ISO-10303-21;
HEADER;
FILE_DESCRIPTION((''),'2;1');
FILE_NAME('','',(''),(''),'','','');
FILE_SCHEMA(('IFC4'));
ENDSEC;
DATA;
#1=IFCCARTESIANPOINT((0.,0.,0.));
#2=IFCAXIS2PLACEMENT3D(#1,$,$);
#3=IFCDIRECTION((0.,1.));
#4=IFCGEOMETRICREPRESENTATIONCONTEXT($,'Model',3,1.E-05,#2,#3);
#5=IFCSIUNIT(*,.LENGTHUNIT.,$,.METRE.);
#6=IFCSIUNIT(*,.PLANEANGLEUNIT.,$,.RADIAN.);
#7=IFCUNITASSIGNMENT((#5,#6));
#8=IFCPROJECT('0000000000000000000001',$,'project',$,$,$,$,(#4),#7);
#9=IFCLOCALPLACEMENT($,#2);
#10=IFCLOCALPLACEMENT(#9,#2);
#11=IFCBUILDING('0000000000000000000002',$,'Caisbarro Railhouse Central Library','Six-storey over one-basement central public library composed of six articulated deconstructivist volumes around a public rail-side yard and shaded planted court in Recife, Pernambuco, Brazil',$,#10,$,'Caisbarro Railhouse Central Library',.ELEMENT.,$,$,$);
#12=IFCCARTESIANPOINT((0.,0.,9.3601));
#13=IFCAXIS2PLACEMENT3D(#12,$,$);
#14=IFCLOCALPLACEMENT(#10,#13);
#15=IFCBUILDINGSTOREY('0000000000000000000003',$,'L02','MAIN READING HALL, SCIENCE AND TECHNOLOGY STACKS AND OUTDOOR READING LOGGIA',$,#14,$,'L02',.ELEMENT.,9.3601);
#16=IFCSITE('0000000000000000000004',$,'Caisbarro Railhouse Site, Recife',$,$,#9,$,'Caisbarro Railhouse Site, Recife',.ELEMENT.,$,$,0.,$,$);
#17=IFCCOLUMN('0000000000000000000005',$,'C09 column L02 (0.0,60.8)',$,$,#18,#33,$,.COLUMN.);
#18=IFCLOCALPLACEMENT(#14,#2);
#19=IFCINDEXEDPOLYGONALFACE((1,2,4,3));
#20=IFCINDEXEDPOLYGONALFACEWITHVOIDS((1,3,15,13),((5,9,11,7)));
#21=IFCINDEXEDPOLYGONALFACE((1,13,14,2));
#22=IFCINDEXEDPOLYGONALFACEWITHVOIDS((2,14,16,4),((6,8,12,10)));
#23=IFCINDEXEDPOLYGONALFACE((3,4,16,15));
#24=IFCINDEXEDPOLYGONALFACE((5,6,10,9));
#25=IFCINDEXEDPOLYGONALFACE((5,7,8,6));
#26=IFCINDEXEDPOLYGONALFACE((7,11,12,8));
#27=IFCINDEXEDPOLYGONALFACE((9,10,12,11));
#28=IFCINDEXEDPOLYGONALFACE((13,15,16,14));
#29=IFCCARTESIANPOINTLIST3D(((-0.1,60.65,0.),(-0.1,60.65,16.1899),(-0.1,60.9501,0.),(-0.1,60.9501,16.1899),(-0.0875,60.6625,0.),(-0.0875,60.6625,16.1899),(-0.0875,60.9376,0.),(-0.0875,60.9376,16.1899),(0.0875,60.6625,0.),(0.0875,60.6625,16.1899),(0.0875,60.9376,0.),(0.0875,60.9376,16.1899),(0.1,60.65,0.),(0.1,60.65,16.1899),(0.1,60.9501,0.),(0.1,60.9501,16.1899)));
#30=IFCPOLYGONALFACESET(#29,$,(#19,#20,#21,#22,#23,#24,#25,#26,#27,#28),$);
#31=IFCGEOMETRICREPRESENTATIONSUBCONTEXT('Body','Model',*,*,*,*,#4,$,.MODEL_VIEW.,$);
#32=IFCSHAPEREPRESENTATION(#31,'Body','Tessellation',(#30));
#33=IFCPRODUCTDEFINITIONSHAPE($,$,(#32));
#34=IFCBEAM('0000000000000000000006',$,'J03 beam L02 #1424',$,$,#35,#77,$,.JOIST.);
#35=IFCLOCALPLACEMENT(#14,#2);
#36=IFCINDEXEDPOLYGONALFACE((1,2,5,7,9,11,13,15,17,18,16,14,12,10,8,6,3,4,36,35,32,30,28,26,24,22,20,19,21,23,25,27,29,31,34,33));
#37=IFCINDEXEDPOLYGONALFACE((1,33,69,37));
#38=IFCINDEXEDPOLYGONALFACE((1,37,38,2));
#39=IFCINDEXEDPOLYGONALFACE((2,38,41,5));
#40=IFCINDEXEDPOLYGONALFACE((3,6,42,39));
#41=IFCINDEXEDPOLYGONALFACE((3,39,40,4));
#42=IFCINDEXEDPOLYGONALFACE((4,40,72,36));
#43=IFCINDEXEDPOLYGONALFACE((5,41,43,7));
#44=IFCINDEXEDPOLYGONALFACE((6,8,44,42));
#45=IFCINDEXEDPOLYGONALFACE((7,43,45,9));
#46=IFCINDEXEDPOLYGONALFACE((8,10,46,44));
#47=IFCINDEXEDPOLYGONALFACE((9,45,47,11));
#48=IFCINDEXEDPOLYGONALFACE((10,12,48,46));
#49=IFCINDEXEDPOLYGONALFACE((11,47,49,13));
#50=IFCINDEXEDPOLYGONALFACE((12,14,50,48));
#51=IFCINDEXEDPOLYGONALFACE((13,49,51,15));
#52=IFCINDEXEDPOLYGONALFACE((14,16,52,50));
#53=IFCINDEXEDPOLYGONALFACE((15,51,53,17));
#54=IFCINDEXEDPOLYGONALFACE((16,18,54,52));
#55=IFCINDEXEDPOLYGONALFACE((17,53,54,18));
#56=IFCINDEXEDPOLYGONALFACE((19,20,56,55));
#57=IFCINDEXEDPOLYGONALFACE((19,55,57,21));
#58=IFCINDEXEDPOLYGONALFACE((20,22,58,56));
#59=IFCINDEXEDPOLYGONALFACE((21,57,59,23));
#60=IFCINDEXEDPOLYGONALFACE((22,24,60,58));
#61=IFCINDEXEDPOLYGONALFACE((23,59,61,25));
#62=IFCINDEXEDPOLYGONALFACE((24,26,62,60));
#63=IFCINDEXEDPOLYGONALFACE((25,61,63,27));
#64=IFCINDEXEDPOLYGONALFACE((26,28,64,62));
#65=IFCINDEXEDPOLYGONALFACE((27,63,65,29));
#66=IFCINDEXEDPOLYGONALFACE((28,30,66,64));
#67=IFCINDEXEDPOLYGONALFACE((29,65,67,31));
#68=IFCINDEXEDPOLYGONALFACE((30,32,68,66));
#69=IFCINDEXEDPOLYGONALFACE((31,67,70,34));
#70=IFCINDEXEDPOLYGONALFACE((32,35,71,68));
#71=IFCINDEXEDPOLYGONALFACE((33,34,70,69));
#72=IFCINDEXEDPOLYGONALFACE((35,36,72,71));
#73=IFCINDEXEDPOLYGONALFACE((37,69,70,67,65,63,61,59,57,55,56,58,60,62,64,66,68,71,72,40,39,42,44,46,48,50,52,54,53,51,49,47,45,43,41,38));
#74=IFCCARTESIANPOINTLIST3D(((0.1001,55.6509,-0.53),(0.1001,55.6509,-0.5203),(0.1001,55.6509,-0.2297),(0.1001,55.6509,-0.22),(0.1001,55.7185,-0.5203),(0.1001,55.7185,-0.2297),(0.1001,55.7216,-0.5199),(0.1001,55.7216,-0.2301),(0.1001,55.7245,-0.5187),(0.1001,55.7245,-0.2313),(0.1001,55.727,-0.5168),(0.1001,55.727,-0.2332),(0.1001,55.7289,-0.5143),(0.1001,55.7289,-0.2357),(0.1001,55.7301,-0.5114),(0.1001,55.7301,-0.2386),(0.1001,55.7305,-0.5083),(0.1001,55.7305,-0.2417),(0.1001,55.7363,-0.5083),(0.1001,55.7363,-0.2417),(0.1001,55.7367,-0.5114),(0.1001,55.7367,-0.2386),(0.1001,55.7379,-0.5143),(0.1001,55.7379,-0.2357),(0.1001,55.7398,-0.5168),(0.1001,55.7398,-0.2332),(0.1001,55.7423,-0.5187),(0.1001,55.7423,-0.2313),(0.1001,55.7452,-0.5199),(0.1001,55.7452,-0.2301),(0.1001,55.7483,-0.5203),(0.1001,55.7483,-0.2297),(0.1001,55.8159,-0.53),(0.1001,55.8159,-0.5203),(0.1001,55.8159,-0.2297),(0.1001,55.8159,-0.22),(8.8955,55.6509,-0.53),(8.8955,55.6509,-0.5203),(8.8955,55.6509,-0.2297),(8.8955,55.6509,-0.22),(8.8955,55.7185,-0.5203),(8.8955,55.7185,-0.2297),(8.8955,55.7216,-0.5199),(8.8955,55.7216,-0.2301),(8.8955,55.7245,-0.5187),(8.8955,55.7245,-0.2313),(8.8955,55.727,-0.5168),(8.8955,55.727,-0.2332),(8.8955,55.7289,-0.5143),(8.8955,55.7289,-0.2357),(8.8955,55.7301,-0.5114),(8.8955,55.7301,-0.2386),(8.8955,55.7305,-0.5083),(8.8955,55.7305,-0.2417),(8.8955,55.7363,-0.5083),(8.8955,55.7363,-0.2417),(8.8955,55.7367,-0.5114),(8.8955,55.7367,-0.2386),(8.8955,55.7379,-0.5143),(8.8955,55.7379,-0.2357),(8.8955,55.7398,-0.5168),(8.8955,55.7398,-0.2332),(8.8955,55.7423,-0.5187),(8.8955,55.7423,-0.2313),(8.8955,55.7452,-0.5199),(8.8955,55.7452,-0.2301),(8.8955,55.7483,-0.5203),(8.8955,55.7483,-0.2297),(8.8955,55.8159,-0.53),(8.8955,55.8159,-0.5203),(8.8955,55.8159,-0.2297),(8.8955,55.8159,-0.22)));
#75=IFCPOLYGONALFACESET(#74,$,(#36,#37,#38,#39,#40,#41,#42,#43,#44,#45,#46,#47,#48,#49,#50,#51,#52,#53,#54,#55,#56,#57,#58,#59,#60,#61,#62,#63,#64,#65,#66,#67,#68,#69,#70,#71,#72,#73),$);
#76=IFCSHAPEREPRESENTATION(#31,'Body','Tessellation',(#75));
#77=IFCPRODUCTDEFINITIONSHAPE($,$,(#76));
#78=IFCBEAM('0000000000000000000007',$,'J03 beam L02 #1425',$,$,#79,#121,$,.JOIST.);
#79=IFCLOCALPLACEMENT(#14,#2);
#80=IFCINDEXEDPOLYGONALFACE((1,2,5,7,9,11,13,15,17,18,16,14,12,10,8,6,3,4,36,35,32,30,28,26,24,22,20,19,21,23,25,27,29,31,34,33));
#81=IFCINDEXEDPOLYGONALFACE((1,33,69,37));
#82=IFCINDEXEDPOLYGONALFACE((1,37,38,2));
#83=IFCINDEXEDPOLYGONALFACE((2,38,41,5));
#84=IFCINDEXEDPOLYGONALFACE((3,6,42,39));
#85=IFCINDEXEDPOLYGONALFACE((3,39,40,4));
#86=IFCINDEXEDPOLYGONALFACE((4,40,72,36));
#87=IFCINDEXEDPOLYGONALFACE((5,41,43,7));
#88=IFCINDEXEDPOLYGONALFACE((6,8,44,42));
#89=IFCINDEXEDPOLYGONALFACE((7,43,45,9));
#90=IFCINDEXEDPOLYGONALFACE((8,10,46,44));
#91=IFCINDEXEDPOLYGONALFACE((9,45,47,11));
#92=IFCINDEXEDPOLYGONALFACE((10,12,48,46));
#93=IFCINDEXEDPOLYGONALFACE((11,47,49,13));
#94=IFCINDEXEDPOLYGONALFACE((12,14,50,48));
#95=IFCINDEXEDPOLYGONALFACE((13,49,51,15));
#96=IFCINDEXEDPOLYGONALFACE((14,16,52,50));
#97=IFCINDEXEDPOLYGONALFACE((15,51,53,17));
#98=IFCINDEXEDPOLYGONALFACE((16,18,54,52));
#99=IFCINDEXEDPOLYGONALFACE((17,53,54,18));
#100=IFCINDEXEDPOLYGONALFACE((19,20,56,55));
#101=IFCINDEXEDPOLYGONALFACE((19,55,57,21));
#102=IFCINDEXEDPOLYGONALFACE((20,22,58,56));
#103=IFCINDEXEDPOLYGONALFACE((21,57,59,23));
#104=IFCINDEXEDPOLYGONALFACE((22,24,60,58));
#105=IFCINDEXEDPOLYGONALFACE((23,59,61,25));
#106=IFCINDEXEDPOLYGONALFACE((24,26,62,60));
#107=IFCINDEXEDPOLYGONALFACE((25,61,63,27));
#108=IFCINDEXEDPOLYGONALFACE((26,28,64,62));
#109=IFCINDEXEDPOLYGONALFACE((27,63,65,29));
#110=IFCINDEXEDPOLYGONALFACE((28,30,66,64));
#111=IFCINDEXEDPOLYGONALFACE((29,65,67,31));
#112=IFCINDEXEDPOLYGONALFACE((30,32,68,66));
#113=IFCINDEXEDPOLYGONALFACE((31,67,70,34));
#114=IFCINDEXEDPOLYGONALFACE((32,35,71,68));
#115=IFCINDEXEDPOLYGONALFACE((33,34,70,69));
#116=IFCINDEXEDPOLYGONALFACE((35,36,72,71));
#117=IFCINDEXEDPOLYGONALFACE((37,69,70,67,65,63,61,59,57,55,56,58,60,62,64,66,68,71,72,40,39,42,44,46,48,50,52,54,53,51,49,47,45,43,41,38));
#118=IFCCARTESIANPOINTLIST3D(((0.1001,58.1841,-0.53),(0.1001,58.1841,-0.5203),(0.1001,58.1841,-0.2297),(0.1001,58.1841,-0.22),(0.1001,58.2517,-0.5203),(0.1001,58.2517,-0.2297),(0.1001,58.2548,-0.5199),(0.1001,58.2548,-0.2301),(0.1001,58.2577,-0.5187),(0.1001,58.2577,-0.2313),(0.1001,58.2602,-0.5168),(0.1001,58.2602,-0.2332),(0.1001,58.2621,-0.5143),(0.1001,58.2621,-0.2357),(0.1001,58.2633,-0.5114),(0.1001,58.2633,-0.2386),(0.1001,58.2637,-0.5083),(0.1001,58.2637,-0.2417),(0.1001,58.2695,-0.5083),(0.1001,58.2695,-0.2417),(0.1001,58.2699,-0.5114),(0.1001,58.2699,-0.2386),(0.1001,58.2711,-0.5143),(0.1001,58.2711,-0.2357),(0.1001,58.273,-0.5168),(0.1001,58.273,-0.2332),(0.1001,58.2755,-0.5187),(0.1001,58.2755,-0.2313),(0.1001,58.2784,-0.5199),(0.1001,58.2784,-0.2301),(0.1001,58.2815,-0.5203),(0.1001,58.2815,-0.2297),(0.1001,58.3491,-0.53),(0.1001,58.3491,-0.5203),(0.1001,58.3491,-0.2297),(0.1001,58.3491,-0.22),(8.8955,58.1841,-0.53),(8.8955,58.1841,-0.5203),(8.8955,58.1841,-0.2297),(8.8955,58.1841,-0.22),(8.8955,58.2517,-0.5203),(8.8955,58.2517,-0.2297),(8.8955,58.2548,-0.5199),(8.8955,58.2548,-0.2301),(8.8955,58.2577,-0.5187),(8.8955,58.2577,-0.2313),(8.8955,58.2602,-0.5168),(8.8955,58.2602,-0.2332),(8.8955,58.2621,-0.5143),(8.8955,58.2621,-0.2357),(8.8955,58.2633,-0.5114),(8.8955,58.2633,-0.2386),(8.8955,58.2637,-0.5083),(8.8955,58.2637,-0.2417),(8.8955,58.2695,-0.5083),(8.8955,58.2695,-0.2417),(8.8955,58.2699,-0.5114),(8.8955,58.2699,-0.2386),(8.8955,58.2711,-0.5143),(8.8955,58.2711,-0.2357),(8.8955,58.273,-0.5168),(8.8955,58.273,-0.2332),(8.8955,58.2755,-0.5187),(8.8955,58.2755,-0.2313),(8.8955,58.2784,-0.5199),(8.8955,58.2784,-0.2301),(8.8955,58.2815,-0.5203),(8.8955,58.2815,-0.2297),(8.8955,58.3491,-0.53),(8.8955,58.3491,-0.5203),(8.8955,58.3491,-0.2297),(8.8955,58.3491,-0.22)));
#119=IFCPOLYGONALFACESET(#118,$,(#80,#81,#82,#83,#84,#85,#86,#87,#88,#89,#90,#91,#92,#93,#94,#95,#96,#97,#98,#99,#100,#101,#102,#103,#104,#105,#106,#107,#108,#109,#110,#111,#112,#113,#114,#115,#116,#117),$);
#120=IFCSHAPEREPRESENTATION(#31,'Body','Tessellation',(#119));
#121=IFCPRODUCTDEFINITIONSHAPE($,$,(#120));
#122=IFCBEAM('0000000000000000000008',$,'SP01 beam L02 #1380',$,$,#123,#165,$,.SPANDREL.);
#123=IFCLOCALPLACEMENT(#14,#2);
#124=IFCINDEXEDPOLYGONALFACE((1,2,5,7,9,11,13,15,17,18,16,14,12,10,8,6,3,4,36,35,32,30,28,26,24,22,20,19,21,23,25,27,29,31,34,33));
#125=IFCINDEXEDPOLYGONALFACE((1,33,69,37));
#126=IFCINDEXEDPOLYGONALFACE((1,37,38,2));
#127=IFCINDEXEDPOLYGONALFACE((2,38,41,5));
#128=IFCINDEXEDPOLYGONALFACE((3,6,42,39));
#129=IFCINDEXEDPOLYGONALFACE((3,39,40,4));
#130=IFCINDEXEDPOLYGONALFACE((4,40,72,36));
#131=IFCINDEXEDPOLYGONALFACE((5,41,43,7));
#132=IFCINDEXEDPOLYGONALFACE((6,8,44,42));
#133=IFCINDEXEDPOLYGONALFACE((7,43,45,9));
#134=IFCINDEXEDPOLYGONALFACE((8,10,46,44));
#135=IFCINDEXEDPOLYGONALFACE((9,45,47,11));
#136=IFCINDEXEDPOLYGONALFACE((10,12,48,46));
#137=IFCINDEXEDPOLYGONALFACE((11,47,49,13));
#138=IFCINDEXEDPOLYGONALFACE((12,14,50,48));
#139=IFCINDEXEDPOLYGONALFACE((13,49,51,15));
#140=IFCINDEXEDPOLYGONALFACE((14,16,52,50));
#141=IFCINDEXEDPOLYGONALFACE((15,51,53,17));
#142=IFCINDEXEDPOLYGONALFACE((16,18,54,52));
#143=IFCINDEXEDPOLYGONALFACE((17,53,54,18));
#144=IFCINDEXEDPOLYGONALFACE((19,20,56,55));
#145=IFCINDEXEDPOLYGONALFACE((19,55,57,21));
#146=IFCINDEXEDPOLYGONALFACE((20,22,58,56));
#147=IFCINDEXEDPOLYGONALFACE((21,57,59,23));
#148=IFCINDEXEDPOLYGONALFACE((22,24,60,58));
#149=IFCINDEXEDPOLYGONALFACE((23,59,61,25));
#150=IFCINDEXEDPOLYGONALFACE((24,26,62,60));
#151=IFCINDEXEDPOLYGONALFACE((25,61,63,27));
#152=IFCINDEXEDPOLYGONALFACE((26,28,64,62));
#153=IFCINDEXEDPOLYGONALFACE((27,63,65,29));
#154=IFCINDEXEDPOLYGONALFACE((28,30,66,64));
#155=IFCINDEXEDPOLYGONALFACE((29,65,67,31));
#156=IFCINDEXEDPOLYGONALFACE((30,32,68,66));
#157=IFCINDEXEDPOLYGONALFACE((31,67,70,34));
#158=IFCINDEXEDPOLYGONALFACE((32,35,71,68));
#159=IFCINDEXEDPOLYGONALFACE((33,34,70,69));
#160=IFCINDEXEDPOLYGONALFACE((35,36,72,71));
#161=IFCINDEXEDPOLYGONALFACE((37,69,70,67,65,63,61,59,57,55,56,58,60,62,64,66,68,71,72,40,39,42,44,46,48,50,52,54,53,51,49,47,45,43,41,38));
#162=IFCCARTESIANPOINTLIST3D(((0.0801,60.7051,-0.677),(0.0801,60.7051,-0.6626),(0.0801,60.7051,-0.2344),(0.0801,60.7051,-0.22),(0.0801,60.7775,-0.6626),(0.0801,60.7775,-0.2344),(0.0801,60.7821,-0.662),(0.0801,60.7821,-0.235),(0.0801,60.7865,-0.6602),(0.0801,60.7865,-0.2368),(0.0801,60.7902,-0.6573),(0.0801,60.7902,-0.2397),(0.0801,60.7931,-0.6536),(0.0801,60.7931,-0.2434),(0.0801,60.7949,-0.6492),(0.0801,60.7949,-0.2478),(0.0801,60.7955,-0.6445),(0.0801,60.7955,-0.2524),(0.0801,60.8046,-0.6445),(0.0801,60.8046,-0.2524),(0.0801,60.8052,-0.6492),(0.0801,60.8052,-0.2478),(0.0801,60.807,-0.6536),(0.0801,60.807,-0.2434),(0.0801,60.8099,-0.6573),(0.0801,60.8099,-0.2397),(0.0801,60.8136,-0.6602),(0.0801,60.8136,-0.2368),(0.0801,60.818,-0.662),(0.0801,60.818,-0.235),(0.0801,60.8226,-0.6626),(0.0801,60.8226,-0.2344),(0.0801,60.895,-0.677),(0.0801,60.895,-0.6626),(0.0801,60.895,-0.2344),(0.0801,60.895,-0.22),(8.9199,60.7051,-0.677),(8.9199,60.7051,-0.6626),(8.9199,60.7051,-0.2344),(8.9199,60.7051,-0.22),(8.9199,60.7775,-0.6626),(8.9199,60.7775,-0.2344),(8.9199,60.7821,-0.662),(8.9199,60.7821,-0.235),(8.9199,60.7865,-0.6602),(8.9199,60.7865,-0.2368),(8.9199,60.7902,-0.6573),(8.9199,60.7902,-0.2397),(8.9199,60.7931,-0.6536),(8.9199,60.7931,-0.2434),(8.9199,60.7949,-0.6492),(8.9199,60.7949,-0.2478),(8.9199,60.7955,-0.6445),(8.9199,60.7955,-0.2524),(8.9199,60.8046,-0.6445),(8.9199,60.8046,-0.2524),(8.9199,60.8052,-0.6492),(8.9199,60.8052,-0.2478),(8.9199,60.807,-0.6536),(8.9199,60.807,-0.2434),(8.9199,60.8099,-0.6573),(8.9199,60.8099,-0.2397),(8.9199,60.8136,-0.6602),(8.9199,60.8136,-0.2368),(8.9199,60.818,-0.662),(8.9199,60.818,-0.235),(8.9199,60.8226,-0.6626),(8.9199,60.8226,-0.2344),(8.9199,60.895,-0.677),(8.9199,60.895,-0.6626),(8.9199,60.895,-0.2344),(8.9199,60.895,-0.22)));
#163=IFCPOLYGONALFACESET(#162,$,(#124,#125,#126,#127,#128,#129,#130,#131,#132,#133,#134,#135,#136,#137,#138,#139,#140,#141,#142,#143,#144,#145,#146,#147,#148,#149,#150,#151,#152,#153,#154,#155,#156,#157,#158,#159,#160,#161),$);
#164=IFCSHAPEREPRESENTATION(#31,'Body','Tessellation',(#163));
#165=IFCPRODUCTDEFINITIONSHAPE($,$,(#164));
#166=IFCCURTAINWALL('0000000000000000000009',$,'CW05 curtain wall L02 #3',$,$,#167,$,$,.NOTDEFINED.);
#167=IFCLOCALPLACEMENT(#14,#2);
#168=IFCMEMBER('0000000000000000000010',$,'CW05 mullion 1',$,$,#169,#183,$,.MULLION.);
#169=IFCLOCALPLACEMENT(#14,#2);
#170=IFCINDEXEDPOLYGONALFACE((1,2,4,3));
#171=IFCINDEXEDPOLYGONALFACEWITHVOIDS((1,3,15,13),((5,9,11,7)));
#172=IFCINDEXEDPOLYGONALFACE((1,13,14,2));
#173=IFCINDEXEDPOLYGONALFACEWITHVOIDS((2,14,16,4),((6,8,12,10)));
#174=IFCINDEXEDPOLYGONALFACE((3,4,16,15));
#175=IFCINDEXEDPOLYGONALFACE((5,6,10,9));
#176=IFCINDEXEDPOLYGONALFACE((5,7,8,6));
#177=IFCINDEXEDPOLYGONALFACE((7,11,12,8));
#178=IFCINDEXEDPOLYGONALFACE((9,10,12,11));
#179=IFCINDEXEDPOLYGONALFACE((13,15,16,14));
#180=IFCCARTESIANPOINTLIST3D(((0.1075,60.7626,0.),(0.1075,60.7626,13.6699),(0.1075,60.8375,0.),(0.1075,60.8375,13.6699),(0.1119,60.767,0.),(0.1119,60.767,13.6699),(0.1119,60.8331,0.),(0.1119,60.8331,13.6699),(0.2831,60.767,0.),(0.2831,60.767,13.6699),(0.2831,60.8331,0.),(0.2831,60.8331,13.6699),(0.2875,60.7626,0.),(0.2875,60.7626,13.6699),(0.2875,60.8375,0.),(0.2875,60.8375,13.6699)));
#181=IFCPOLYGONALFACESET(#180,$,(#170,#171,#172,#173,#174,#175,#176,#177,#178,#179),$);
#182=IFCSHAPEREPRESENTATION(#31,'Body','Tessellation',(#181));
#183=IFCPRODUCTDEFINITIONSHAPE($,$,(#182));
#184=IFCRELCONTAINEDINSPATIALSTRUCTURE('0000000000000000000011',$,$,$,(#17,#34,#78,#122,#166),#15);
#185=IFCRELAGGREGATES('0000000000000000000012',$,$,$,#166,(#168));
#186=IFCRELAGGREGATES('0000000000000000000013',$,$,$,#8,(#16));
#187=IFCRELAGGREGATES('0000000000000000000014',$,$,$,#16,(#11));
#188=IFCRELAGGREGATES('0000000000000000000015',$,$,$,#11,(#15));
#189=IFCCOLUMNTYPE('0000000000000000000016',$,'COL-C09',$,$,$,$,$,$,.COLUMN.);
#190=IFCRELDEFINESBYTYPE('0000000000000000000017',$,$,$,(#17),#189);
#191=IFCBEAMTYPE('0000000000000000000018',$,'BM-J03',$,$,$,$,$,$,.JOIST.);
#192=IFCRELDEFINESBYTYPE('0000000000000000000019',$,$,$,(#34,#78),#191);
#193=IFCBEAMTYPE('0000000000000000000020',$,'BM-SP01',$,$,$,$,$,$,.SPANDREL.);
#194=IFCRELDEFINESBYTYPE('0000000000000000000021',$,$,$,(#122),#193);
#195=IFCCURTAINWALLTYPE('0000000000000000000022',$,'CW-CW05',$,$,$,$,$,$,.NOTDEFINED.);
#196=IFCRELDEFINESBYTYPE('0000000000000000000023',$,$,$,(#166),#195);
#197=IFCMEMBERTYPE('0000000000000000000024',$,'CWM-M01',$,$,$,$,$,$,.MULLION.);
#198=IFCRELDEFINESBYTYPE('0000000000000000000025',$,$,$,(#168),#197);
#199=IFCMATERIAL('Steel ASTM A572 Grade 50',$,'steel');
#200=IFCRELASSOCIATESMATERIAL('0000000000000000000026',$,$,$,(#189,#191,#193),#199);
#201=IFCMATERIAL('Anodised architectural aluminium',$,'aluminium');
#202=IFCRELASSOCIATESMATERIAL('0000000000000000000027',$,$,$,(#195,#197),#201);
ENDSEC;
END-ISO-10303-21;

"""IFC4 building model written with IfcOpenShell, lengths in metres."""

from ifc_helpers import new_model, si_unit, direction, frame, origin, origin_2d, place, context, subcontext, project, spatial, hollow_rectangle, i_section, extrude, material, material_profile, profile_set, type_object, element, aggregate, save


model = new_model("IFC4")

# Units and contexts
model_context = context("Model", 3, precision=1e-05, world=origin(), true_north=direction((0.0, 1.0)))
body_context = subcontext(model_context, "Body", "Model", "MODEL_VIEW")
ifc_project = project(units=[si_unit("LENGTHUNIT", "METRE"), si_unit("PLANEANGLEUNIT", "RADIAN")], contexts=[model_context])

# Site, building, storey
site_placement = place(None, origin())
site = spatial("IfcSite", under=ifc_project, at=site_placement, Name="Caisbarro Railhouse Site, Recife", LongName="Caisbarro Railhouse Site, Recife", CompositionType="ELEMENT", RefElevation=0.0)
building_placement = place(site_placement, origin())
building = spatial("IfcBuilding", under=site, at=building_placement, Name="Caisbarro Railhouse Central Library", Description="Six-storey over one-basement central public library composed of six articulated deconstructivist volumes around a public rail-side yard and shaded planted court in Recife, Pernambuco, Brazil", LongName="Caisbarro Railhouse Central Library", CompositionType="ELEMENT")
storey_placement = place(building_placement, frame((0.0, 0.0, 9.3601)))
storey = spatial("IfcBuildingStorey", under=building, at=storey_placement, Name="L02", Description="MAIN READING HALL, SCIENCE AND TECHNOLOGY STACKS AND OUTDOOR READING LOGGIA", LongName="L02", CompositionType="ELEMENT", Elevation=9.3601)

# Column
ifc_material_1 = material(Name="Steel ASTM A572 Grade 50", Category="steel")
ifc_material_profile_1 = material_profile(ifc_material_1, hollow_rectangle(XDim=0.2, YDim=0.3, WallThickness=0.0125, at=origin_2d()), Name="HSS300X200X12.5")
ifc_profile_set_1 = profile_set([ifc_material_profile_1], Name="Steel ASTM A572 Grade 50")
column_type = type_object("IfcColumnType", Name="COL-C09", PredefinedType="COLUMN", material=ifc_profile_set_1)
column_placement = place(storey_placement, frame((0.0, 60.8, 0.0), z_axis=(0.0, 0.0, 1.0), x_axis=(1.0, 0.0, 0.0)))
element("IfcColumn", 1, at=column_placement, inside=storey, type_object=column_type, Name="C09 column L02 (0.0,60.8)", PredefinedType="COLUMN", context=body_context, shape_type="SweptSolid", body=[
    extrude(hollow_rectangle(XDim=0.2, YDim=0.3, WallThickness=0.0125, at=origin_2d()), origin(), (0.0, 0.0, 1.0), 16.1899),
])

# Beams
ifc_material_profile_2 = material_profile(ifc_material_1, i_section(OverallWidth=0.165, OverallDepth=0.3101, WebThickness=0.0059, FlangeThickness=0.0098, FilletRadius=0.012, at=origin_2d()), Name="W310X38.7")
ifc_profile_set_2 = profile_set([ifc_material_profile_2], Name="Steel ASTM A572 Grade 50")
beam_type_1 = type_object("IfcBeamType", Name="BM-J03", PredefinedType="JOIST", material=ifc_profile_set_2)
for number, where, z_axis, x_axis, name in (
    (2, (0.1001, 55.7334, -0.375), (1.0, 0.0, 0.0), (0.0, 1.0, 0.0), "J03 beam L02 #1424"),
    (3, (0.1001, 58.2666, -0.375), (1.0, 0.0, 0.0), (0.0, 1.0, 0.0), "J03 beam L02 #1425"),
):
    element("IfcBeam", number, at=place(storey_placement, frame(where, z_axis=z_axis, x_axis=x_axis)), inside=storey, type_object=beam_type_1, Name=name, PredefinedType="JOIST", context=body_context, shape_type="SweptSolid", body=[
        extrude(i_section(OverallWidth=0.165, OverallDepth=0.3101, WebThickness=0.0059, FlangeThickness=0.0098, FilletRadius=0.012, at=origin_2d()), origin(), (0.0, 0.0, 1.0), 8.7954),
    ])
ifc_material_profile_3 = material_profile(ifc_material_1, i_section(OverallWidth=0.1899, OverallDepth=0.457, WebThickness=0.009, FlangeThickness=0.0144, FilletRadius=0.0181, at=origin_2d()), Name="W460X74.0")
ifc_profile_set_3 = profile_set([ifc_material_profile_3], Name="Steel ASTM A572 Grade 50")
beam_type_2 = type_object("IfcBeamType", Name="BM-SP01", PredefinedType="SPANDREL", material=ifc_profile_set_3)
beam_placement = place(storey_placement, frame((0.0801, 60.8, -0.4485), z_axis=(1.0, 0.0, 0.0), x_axis=(0.0, 1.0, 0.0)))
element("IfcBeam", 4, at=beam_placement, inside=storey, type_object=beam_type_2, Name="SP01 beam L02 #1380", PredefinedType="SPANDREL", context=body_context, shape_type="SweptSolid", body=[
    extrude(i_section(OverallWidth=0.1899, OverallDepth=0.457, WebThickness=0.009, FlangeThickness=0.0144, FilletRadius=0.0181, at=origin_2d()), origin(), (0.0, 0.0, 1.0), 8.8398),
])

# Curtain wall, member
ifc_material_2 = material(Name="Anodised architectural aluminium", Category="aluminium")
curtain_wall_type_1 = type_object("IfcCurtainWallType", Name="CW-CW05", PredefinedType="NOTDEFINED", material=ifc_material_2)
curtain_wall_1_placement = place(storey_placement, origin())
curtain_wall_1 = element("IfcCurtainWall", 5, at=curtain_wall_1_placement, inside=storey, type_object=curtain_wall_type_1, Name="CW05 curtain wall L02 #3", PredefinedType="NOTDEFINED")
ifc_material_profile_4 = material_profile(ifc_material_2, hollow_rectangle(XDim=0.075, YDim=0.1799, WallThickness=0.0044, at=origin_2d()), Name="ALU-MUL-75X180")
ifc_profile_set_4 = profile_set([ifc_material_profile_4], Name="Anodised architectural aluminium")
member_type_1 = type_object("IfcMemberType", Name="CWM-M01", PredefinedType="MULLION", material=ifc_profile_set_4)
member_1_placement = place(storey_placement, frame((0.1975, 60.8, 0.0), z_axis=(0.0, 0.0, 1.0), x_axis=(0.0, 1.0, 0.0)))
member_1 = element("IfcMember", 6, at=member_1_placement, type_object=member_type_1, Name="CW05 mullion 1", PredefinedType="MULLION", context=body_context, shape_type="SweptSolid", body=[
    extrude(hollow_rectangle(XDim=0.075, YDim=0.1799, WallThickness=0.0044, at=origin_2d()), origin(), (0.0, 0.0, 1.0), 13.6699),
])

aggregate(curtain_wall_1, [member_1])

save(model, "model.ifc")
